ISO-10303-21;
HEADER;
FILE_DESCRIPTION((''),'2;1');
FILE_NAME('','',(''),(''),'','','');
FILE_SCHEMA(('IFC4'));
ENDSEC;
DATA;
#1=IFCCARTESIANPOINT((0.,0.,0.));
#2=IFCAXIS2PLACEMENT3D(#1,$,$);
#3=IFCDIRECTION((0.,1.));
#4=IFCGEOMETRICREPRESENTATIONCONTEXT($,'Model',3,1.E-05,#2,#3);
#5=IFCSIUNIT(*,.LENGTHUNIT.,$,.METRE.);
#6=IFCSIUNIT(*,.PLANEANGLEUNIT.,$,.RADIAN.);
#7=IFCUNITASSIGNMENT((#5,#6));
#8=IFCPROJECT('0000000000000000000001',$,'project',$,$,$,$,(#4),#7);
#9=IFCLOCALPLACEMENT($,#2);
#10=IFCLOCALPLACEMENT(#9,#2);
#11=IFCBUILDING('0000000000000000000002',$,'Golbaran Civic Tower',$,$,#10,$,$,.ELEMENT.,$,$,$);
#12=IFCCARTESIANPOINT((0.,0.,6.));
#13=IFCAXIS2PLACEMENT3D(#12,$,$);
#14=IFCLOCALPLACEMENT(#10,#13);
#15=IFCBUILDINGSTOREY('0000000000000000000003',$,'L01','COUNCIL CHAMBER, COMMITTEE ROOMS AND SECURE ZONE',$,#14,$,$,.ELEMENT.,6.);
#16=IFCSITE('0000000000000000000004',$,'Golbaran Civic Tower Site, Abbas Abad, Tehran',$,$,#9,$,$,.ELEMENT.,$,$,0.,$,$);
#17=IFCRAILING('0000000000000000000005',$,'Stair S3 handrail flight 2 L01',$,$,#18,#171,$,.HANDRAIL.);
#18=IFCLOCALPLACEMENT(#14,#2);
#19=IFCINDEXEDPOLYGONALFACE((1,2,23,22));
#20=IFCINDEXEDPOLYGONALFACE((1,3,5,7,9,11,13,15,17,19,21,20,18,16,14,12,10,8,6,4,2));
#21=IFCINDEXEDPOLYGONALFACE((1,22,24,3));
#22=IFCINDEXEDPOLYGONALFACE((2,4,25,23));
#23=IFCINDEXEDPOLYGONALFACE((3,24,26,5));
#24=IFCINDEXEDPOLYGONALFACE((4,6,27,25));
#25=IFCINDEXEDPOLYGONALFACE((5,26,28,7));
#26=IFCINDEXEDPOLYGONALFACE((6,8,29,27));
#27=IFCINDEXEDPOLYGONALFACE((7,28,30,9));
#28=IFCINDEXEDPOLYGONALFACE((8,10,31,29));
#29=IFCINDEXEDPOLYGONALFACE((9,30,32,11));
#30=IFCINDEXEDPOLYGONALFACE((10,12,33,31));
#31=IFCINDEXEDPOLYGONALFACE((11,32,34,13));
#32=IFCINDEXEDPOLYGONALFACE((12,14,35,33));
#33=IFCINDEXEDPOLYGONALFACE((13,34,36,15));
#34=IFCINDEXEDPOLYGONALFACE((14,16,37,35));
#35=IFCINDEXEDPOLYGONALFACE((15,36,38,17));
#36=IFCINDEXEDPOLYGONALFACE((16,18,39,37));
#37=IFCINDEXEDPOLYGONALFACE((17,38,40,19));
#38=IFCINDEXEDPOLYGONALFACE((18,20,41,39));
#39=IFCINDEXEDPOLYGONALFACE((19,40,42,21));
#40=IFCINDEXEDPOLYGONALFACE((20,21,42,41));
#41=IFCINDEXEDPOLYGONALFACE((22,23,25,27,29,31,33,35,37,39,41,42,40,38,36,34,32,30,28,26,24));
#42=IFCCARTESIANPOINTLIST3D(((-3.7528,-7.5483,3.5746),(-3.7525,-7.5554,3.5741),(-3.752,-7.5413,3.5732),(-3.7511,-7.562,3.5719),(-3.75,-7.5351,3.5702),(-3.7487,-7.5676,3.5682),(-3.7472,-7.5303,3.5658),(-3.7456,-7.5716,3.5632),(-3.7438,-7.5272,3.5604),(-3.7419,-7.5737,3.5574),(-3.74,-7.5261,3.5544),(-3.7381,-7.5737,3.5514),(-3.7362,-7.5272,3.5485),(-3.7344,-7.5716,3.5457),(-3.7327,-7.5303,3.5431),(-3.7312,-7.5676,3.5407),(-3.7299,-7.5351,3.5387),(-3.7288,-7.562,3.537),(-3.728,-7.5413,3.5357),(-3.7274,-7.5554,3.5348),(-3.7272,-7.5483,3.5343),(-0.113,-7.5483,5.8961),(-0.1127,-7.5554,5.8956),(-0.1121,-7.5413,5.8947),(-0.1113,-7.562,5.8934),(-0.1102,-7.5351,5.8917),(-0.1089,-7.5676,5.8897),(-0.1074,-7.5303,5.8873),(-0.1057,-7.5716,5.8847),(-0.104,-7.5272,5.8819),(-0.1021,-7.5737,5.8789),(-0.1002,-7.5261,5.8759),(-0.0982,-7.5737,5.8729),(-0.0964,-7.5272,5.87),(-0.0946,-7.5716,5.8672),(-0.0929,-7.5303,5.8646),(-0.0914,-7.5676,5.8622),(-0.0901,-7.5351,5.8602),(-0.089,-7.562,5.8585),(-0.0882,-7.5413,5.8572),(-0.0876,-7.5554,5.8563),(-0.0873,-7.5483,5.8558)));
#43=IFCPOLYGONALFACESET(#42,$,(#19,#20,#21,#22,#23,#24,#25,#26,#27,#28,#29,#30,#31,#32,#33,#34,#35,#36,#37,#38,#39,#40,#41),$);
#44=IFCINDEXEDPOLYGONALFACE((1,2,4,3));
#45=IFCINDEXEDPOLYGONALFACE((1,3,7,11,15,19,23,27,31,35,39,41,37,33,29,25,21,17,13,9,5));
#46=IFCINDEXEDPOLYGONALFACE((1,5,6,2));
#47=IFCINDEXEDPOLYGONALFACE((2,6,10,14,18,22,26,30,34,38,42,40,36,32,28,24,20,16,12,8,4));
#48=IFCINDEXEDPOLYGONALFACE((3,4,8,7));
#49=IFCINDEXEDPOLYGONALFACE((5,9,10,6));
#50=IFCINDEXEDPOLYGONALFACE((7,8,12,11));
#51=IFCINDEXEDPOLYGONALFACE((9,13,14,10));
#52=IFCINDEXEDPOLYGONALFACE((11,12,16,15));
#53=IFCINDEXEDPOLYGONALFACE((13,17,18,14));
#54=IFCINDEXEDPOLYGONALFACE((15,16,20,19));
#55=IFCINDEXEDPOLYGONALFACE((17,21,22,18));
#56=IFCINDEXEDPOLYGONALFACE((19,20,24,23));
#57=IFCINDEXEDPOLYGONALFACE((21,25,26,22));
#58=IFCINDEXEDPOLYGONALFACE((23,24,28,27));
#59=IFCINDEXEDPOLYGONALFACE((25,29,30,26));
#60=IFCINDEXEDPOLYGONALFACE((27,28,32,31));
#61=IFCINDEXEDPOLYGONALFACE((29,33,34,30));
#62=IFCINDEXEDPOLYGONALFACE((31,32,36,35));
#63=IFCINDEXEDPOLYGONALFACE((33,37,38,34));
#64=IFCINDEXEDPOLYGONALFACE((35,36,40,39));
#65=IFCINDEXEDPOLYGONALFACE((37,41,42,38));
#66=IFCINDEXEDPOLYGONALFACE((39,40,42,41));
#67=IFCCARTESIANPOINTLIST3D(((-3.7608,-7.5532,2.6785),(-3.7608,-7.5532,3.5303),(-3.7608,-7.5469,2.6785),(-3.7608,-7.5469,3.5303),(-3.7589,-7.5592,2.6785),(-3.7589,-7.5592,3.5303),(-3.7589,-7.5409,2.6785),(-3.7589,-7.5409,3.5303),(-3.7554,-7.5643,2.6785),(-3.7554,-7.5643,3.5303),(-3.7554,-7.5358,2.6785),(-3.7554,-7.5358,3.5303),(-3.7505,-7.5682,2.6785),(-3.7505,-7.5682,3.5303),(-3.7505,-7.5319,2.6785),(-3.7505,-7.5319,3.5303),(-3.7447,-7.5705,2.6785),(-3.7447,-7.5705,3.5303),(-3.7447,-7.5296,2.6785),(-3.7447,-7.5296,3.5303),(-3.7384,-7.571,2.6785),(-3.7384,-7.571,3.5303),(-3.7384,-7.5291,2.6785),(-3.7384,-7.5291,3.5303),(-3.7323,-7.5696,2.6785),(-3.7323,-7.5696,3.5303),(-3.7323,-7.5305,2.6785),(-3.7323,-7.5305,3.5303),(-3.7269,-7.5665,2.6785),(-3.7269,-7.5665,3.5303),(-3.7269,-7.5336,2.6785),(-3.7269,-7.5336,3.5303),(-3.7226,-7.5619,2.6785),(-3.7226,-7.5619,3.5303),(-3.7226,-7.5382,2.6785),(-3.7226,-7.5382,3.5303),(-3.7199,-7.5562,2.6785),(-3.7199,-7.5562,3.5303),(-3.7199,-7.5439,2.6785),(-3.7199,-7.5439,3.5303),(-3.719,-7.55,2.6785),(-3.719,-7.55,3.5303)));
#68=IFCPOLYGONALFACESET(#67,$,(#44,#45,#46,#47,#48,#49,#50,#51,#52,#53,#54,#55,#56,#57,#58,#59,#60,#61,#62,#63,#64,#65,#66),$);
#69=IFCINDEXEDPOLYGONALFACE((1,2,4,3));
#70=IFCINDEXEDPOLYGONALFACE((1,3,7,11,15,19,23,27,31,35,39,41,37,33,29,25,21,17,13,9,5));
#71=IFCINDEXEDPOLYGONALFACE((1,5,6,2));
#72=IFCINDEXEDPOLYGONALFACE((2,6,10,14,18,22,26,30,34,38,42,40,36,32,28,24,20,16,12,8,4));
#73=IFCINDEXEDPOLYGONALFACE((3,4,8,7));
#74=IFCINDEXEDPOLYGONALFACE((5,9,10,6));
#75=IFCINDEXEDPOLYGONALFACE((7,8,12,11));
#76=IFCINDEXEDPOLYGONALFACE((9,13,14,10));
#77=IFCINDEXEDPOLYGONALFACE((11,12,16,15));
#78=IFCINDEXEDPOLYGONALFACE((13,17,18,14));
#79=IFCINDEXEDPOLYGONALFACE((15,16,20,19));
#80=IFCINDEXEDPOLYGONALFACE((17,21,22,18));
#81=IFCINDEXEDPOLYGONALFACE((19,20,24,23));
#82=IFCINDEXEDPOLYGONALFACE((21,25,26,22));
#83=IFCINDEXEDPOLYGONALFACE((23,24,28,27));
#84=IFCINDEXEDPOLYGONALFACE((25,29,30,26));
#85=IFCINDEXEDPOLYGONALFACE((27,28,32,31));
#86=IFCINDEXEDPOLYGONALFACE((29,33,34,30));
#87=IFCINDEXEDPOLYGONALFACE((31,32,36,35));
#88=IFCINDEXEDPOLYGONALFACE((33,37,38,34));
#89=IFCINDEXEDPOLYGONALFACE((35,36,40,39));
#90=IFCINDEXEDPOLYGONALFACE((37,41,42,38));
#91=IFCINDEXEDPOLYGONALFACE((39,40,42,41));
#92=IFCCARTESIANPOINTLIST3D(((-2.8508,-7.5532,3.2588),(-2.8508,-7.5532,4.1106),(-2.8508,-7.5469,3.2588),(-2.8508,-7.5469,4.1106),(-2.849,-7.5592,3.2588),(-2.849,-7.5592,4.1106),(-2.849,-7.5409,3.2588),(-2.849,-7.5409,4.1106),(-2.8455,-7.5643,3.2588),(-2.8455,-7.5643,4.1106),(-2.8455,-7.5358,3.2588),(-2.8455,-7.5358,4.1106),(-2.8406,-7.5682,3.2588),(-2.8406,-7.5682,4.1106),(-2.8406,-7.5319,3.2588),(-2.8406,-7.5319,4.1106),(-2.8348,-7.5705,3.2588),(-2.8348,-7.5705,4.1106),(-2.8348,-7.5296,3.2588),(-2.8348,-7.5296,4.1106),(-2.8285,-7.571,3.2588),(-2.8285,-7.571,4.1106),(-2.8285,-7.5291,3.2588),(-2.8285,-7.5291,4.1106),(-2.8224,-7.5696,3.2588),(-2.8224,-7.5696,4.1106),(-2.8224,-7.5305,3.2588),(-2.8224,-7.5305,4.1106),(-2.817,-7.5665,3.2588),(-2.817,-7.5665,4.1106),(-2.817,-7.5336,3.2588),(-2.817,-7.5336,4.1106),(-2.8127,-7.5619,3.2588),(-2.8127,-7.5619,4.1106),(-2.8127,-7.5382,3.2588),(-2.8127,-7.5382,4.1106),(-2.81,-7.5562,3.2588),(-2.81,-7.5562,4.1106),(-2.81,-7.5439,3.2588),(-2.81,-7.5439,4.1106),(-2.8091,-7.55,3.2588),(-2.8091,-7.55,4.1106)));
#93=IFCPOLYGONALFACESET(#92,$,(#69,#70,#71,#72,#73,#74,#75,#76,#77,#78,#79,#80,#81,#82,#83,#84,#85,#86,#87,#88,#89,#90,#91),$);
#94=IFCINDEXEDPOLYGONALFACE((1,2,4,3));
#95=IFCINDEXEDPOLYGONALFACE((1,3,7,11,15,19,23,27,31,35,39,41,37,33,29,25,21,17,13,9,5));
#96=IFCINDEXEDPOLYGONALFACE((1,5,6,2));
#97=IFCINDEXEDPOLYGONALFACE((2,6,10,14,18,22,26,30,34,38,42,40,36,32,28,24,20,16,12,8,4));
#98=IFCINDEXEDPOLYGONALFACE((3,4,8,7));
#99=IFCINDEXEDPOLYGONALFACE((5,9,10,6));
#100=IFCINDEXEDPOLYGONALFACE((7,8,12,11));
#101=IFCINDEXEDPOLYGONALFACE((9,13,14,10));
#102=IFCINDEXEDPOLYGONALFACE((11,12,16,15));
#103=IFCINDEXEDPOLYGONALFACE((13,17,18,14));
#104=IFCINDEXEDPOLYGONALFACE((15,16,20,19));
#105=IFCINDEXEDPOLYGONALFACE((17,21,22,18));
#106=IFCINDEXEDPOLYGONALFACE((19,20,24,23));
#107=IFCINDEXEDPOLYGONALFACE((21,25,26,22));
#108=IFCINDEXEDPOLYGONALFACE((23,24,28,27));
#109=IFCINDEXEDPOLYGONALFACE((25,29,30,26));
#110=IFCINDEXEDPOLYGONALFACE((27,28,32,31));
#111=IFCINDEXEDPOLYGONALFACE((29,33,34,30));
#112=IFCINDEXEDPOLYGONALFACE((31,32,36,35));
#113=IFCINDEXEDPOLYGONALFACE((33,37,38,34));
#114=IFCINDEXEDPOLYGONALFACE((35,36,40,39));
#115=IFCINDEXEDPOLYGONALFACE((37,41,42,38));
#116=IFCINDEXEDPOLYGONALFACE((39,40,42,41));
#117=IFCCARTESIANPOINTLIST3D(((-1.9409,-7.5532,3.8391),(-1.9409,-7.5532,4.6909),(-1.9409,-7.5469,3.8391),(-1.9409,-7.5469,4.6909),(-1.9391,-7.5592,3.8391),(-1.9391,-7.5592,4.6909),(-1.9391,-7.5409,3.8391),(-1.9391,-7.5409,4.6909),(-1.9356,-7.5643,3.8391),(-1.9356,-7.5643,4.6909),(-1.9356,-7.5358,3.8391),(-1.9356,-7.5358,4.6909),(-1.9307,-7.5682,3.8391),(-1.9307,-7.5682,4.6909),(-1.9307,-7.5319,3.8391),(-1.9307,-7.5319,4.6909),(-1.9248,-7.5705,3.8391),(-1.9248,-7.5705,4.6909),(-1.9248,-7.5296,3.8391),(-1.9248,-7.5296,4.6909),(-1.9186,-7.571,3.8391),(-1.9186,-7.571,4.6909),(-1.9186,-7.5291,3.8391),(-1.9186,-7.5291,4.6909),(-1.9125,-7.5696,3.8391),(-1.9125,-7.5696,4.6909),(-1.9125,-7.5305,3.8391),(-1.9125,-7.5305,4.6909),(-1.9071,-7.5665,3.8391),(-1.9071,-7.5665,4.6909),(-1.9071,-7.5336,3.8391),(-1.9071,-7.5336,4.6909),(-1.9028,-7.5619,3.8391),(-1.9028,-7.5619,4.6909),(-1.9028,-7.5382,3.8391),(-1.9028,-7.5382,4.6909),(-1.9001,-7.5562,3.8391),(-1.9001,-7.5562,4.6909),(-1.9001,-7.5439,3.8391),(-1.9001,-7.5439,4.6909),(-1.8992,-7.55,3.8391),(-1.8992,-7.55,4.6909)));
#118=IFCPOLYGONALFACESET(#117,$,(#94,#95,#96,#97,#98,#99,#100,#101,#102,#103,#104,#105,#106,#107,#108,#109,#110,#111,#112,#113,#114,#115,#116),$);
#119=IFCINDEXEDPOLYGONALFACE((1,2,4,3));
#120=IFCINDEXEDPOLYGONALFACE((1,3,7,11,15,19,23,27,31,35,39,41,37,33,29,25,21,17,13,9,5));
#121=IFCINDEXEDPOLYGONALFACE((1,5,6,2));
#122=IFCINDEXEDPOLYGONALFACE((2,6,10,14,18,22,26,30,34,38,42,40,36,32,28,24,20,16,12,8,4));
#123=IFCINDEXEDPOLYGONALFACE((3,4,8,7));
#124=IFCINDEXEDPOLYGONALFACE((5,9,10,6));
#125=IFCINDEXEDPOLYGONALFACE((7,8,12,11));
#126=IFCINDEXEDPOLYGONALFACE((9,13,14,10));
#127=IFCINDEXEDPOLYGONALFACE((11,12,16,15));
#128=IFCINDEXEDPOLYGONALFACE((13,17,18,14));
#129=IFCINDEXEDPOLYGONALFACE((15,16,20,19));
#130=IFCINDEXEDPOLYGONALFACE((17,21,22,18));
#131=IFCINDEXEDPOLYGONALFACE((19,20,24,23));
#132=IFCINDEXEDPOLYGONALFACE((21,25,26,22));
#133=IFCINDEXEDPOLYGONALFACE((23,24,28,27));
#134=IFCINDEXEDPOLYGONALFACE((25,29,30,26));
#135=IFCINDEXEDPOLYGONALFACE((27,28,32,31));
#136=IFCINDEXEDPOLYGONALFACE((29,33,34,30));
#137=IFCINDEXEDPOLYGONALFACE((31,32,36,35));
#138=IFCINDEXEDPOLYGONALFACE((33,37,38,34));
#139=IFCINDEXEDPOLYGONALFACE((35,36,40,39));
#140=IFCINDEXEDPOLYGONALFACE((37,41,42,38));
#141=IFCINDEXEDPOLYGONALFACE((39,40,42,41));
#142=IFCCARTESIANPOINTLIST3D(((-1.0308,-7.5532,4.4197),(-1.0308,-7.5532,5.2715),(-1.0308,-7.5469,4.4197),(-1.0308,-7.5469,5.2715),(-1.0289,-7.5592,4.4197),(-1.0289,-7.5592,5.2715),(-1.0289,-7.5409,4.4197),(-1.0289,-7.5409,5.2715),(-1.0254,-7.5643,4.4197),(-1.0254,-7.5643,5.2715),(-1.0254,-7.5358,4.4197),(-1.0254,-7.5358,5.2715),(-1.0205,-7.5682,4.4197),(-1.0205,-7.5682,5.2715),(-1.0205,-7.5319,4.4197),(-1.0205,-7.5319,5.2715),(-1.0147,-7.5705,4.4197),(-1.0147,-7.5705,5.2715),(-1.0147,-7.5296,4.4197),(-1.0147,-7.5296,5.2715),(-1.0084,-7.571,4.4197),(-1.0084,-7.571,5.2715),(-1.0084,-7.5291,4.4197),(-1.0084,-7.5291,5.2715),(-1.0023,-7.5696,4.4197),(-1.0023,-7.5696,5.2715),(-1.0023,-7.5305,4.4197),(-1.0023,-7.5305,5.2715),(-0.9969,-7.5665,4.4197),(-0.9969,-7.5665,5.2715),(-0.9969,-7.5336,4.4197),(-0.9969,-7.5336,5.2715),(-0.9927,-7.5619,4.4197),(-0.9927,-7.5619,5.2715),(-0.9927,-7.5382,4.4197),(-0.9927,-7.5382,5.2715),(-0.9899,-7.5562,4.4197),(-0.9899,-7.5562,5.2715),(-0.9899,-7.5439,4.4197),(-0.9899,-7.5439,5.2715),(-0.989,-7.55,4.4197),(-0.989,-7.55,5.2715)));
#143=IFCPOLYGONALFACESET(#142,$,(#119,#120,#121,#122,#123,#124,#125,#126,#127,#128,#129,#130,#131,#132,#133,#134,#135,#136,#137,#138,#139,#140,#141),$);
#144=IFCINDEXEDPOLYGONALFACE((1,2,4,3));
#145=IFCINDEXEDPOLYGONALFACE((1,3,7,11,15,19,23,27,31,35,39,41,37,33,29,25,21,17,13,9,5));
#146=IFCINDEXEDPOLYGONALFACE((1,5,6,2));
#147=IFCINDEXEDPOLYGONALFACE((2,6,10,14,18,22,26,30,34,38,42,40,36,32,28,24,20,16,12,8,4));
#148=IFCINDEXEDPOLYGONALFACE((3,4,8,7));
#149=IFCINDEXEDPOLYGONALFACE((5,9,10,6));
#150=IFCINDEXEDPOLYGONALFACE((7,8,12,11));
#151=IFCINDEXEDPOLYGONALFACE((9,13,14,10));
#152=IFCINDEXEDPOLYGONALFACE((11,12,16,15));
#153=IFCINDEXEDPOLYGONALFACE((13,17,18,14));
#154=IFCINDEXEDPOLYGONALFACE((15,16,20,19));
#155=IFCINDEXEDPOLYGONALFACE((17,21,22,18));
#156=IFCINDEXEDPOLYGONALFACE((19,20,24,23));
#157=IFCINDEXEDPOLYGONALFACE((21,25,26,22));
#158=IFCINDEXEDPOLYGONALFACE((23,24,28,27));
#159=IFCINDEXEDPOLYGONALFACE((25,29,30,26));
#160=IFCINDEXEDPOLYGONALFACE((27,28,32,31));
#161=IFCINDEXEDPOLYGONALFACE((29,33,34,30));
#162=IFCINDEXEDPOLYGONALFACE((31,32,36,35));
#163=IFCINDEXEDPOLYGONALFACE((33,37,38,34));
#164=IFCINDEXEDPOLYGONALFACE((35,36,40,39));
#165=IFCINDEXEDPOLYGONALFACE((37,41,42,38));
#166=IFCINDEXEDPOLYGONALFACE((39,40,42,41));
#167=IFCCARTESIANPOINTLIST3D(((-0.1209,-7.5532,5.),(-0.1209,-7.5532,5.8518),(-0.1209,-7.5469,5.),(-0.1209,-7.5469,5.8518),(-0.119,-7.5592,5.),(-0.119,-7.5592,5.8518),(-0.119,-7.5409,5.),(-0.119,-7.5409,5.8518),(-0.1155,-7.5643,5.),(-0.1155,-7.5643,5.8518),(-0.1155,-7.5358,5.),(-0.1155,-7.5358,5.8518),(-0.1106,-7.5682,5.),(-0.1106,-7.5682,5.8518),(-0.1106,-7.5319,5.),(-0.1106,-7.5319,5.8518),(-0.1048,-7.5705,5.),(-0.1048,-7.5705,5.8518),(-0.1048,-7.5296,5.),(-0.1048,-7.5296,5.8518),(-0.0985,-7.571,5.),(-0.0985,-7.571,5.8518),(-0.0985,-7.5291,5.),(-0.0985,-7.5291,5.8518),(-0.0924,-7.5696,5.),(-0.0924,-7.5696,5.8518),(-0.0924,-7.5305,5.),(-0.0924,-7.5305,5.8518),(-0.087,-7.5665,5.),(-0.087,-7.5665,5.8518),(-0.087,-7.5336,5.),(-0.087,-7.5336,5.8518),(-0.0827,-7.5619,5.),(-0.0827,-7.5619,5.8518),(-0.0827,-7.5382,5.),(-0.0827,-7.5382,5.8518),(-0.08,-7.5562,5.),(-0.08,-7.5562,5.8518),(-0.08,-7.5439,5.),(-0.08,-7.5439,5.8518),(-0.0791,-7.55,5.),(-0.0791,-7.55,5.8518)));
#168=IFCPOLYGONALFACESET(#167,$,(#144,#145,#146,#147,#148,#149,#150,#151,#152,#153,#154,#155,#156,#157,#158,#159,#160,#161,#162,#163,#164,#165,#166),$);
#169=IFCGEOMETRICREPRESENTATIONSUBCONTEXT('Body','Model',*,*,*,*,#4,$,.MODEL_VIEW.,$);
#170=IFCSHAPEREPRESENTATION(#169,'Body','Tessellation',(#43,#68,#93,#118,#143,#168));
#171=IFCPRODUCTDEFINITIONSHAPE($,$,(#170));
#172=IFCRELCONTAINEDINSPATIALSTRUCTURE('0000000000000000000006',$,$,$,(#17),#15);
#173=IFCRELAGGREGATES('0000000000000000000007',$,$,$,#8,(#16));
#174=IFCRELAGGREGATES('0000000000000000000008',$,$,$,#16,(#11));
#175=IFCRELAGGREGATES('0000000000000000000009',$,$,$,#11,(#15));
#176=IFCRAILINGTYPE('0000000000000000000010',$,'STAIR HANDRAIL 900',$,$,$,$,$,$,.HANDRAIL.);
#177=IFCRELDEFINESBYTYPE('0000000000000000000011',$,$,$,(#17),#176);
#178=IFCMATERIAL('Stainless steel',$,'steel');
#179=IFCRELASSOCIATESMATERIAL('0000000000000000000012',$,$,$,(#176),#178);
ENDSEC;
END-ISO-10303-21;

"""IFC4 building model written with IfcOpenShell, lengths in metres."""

from ifc_helpers import new_model, si_unit, direction, frame, origin, origin_2d, place, context, subcontext, project, spatial, circle, extrude, material, type_object, element, save


model = new_model("IFC4")

# Units and contexts
model_context = context("Model", 3, precision=1e-05, world=origin(), true_north=direction((0.0, 1.0)))
body_context = subcontext(model_context, "Body", "Model", "MODEL_VIEW")
ifc_project = project(units=[si_unit("LENGTHUNIT", "METRE"), si_unit("PLANEANGLEUNIT", "RADIAN")], contexts=[model_context])

# Site, building, storey
site_placement = place(None, origin())
site = spatial("IfcSite", under=ifc_project, at=site_placement, Name="Golbaran Civic Tower Site, Abbas Abad, Tehran", CompositionType="ELEMENT", RefElevation=0.0)
building_placement = place(site_placement, origin())
building = spatial("IfcBuilding", under=site, at=building_placement, Name="Golbaran Civic Tower", CompositionType="ELEMENT")
storey_placement = place(building_placement, frame((0.0, 0.0, 6.0)))
storey = spatial("IfcBuildingStorey", under=building, at=storey_placement, Name="L01", Description="COUNCIL CHAMBER, COMMITTEE ROOMS AND SECURE ZONE", CompositionType="ELEMENT", Elevation=6.0)

# Shared definitions
ifc_material_1 = material(Name="Stainless steel", Category="steel")

# Railing
railing_type = type_object("IfcRailingType", Name="STAIR HANDRAIL 900", PredefinedType="HANDRAIL", material=ifc_material_1)
railing_placement = place(storey_placement, frame((-3.74, -7.55, 2.6785)))
element("IfcRailing", 1, at=railing_placement, inside=storey, type_object=railing_type, Name="Stair S3 handrail flight 2 L01", PredefinedType="HANDRAIL", context=body_context, shape_type="SweptSolid", body=[
    extrude(circle(Radius=0.0239, at=origin_2d()), frame((0.0, 0.0, 0.876), z_axis=(0.843112, 0.0, 0.537739), x_axis=(0.0, 1.0, 0.0)), (0.0, 0.0, 1.0), 4.3171),
    extrude(circle(Radius=0.021, at=origin_2d()), origin(), (0.0, 0.0, 1.0), 0.8518),
    extrude(circle(Radius=0.021, at=origin_2d()), frame((0.9099, 0.0, 0.5803)), (0.0, 0.0, 1.0), 0.8518),
    extrude(circle(Radius=0.021, at=origin_2d()), frame((1.8198, 0.0, 1.1606)), (0.0, 0.0, 1.0), 0.8518),
    extrude(circle(Radius=0.021, at=origin_2d()), frame((2.73, 0.0, 1.7412)), (0.0, 0.0, 1.0), 0.8518),
    extrude(circle(Radius=0.021, at=origin_2d()), frame((3.6399, 0.0, 2.3215)), (0.0, 0.0, 1.0), 0.8518),
])

save(model, "model.ifc")
